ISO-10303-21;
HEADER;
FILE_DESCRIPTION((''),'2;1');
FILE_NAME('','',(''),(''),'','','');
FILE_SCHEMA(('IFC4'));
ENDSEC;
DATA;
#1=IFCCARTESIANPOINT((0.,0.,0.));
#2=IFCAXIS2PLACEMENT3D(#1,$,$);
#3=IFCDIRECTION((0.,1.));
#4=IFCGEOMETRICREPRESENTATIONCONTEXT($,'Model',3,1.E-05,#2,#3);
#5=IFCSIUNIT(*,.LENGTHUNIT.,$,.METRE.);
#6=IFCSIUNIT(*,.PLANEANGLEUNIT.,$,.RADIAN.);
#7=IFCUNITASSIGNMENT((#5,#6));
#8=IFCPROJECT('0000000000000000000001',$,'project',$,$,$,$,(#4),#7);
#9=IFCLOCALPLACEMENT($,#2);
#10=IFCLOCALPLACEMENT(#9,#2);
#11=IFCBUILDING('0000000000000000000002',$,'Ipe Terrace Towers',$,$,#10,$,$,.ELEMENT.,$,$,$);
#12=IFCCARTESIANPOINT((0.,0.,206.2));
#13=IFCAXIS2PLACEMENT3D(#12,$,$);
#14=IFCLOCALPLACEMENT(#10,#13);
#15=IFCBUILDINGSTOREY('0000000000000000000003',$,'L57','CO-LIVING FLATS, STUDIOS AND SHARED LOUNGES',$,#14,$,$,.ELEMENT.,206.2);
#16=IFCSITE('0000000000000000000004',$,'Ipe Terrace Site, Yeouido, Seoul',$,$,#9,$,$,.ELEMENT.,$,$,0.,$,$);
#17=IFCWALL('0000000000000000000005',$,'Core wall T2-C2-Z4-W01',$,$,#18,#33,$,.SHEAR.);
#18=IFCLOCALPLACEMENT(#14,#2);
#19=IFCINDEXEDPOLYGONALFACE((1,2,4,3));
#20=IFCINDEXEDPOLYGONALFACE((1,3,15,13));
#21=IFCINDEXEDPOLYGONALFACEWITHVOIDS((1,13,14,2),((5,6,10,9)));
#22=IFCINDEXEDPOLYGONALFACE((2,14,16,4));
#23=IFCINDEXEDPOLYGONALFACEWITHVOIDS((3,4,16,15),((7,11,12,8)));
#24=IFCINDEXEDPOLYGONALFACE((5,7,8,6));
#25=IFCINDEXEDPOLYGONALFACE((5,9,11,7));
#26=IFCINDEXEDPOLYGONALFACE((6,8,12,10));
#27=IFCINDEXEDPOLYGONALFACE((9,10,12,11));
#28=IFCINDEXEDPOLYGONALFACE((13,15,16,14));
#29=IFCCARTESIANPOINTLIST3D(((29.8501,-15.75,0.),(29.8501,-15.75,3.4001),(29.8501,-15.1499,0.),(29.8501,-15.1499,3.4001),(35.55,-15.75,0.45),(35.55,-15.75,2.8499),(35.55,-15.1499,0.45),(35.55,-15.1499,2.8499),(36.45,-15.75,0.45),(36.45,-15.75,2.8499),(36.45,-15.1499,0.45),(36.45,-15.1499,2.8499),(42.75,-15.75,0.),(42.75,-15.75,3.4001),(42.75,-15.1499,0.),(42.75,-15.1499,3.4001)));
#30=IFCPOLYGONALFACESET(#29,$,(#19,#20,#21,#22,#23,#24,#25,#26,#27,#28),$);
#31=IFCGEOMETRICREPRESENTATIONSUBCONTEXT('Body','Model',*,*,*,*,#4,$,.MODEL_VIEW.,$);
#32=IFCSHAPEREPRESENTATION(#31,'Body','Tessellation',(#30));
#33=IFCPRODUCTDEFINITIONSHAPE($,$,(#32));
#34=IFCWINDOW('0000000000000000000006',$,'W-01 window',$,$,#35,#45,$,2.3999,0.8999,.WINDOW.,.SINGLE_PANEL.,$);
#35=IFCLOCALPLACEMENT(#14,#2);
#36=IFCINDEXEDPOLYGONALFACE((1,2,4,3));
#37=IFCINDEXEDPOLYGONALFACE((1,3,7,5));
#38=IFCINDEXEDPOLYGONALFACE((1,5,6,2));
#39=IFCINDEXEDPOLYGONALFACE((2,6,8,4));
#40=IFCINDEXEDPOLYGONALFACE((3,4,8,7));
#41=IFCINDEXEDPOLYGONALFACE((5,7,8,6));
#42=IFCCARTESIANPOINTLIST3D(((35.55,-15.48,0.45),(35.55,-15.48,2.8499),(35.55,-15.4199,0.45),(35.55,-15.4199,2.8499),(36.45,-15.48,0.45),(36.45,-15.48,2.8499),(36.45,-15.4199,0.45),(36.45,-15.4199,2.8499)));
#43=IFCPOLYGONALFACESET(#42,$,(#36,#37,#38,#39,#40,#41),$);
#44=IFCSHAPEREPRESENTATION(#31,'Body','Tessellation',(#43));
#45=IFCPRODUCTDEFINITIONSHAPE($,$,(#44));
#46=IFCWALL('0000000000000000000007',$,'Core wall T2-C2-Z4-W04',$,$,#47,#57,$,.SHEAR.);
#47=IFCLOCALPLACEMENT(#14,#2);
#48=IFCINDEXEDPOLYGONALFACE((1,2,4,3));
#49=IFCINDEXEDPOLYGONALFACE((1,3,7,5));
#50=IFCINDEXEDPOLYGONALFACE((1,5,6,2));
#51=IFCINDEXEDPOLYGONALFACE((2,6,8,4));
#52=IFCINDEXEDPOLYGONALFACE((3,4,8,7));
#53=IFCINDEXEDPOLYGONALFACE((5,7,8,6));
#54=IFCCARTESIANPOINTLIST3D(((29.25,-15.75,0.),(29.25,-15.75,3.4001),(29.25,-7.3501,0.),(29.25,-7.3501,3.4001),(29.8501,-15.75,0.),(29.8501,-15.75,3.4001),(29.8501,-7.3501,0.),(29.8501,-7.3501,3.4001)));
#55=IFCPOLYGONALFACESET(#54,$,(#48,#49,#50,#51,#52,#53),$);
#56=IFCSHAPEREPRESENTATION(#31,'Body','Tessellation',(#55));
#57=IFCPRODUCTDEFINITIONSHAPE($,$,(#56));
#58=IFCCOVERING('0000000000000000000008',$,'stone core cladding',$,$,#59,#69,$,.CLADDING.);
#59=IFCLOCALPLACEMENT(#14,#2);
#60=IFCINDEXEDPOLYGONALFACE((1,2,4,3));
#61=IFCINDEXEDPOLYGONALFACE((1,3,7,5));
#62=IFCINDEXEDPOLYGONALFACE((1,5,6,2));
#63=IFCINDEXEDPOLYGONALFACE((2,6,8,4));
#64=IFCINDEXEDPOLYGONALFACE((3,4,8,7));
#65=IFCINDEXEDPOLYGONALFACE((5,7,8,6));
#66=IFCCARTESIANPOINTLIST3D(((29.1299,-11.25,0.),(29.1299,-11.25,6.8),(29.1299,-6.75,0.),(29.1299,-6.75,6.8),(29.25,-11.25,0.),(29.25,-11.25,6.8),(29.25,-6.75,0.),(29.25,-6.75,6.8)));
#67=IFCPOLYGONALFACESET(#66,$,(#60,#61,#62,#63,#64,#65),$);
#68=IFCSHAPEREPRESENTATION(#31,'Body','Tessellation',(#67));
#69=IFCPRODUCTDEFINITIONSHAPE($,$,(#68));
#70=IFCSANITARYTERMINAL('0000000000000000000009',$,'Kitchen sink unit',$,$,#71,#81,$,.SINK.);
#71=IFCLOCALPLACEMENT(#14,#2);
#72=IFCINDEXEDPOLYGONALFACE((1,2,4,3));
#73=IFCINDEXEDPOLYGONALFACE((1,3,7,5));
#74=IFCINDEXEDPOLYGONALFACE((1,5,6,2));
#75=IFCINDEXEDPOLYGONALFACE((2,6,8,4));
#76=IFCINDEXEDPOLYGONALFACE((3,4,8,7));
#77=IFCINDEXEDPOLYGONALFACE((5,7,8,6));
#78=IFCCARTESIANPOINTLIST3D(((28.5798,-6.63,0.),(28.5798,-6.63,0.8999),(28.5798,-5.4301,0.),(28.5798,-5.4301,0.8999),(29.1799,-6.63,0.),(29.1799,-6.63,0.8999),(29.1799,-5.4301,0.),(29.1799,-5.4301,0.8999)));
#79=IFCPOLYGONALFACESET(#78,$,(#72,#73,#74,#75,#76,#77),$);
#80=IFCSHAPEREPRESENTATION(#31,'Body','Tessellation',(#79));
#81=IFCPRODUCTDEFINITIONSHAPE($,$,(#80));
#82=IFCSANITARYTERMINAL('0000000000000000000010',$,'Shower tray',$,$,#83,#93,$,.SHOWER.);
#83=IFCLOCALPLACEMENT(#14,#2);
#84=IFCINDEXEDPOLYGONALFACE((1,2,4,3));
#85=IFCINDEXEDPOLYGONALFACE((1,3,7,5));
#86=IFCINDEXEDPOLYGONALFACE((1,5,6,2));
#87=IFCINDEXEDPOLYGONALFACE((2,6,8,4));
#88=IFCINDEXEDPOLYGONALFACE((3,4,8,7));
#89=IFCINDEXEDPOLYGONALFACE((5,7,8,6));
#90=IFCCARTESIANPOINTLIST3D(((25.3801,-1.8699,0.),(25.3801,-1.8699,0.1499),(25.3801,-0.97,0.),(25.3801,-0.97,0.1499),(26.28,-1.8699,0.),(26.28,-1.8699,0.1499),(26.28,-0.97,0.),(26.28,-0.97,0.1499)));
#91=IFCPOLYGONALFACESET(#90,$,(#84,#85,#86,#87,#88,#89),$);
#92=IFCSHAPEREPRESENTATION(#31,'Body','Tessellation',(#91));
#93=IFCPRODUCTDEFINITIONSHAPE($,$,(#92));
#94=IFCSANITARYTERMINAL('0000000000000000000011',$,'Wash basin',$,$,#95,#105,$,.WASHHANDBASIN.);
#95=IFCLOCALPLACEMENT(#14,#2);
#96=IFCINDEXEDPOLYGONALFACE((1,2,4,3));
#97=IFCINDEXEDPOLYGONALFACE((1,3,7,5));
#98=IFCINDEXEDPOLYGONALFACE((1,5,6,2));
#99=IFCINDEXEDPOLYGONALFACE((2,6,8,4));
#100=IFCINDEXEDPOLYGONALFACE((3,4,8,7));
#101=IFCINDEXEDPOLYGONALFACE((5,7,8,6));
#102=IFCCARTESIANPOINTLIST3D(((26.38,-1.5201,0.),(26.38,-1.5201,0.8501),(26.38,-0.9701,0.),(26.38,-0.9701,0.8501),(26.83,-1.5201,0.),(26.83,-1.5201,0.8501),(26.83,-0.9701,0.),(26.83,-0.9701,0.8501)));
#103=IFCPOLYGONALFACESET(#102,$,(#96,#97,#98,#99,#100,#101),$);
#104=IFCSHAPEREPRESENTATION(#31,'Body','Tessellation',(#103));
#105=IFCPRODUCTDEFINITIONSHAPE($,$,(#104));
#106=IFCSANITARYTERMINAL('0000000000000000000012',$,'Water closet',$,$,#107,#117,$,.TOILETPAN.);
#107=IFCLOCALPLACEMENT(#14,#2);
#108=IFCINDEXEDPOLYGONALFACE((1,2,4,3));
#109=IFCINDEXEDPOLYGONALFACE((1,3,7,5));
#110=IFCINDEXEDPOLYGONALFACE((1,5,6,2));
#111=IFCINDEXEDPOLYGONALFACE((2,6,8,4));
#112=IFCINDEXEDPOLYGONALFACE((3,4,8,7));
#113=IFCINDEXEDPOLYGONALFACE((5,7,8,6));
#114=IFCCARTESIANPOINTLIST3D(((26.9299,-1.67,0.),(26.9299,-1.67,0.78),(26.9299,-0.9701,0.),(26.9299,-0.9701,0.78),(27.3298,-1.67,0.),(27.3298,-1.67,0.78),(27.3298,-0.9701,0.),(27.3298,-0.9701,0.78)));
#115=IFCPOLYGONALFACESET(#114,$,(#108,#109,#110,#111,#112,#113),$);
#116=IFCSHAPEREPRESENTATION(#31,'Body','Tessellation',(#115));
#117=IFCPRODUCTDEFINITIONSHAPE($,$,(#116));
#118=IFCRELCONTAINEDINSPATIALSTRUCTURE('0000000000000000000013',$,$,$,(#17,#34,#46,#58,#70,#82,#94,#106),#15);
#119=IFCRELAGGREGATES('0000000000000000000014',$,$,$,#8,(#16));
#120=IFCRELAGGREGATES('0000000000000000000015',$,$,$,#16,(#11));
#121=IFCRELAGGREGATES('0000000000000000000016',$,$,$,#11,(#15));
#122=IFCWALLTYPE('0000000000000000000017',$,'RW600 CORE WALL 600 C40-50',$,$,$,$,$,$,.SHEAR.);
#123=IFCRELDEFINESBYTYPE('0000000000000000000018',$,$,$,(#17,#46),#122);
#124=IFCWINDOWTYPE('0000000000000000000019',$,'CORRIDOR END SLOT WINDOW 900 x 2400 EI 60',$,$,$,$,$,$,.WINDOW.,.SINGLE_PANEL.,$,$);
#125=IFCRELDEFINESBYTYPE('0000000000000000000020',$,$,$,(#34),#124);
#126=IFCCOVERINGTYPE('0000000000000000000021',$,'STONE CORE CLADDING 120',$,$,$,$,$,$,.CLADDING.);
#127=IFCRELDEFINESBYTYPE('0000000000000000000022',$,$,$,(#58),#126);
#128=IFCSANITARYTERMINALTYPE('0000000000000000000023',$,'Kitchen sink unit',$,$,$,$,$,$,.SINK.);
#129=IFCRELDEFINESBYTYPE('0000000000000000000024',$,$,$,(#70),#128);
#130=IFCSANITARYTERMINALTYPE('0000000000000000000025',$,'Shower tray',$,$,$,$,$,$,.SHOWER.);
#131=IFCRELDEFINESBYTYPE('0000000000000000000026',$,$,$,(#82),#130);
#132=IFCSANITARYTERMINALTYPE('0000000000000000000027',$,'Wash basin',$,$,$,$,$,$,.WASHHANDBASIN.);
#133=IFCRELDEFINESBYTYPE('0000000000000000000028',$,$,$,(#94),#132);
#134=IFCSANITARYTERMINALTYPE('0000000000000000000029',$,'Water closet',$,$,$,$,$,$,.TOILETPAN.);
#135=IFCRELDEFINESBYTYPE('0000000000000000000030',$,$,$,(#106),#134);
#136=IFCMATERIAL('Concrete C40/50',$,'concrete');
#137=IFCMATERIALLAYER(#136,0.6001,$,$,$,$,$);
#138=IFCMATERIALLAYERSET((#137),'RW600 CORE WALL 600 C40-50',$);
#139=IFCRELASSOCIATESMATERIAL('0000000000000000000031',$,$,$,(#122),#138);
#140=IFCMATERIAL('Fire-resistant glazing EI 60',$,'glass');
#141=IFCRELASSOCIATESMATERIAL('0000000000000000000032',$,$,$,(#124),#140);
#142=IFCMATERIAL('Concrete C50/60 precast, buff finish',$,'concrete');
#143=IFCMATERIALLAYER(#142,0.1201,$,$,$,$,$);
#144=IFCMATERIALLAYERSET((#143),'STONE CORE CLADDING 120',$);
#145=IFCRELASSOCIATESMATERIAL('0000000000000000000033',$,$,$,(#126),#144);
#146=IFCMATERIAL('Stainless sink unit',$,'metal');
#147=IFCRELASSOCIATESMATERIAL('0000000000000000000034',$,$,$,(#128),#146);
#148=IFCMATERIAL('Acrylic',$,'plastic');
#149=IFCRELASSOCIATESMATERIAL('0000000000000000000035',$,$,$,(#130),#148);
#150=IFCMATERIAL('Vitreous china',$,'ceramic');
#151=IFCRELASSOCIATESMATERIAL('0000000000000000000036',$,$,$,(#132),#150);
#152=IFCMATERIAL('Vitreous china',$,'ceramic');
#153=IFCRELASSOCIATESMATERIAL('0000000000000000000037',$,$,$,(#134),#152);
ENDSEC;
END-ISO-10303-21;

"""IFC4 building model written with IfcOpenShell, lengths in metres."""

from ifc_helpers import new_model, si_unit, direction, frame, frame_2d, origin, origin_2d, place, context, subcontext, project, spatial, rectangle, extrude, material, layer, layer_set, type_object, element, fill, save


model = new_model("IFC4")

# Units and contexts
model_context = context("Model", 3, precision=1e-05, world=origin(), true_north=direction((0.0, 1.0)))
body_context = subcontext(model_context, "Body", "Model", "MODEL_VIEW")
ifc_project = project(units=[si_unit("LENGTHUNIT", "METRE"), si_unit("PLANEANGLEUNIT", "RADIAN")], contexts=[model_context])

# Site, building, storey
site_placement = place(None, origin())
site = spatial("IfcSite", under=ifc_project, at=site_placement, Name="Ipe Terrace Site, Yeouido, Seoul", CompositionType="ELEMENT", RefElevation=0.0)
building_placement = place(site_placement, origin())
building = spatial("IfcBuilding", under=site, at=building_placement, Name="Ipe Terrace Towers", CompositionType="ELEMENT")
storey_placement = place(building_placement, frame((0.0, 0.0, 206.2)))
storey = spatial("IfcBuildingStorey", under=building, at=storey_placement, Name="L57", Description="CO-LIVING FLATS, STUDIOS AND SHARED LOUNGES", CompositionType="ELEMENT", Elevation=206.2)

# Wall, opening, window
ifc_material_1 = material(Name="Concrete C40/50", Category="concrete")
ifc_layer_1 = layer(ifc_material_1, 0.6001)
ifc_layer_set_1 = layer_set([ifc_layer_1], Name="RW600 CORE WALL 600 C40-50")
wall_type_1 = type_object("IfcWallType", Name="RW600 CORE WALL 600 C40-50", PredefinedType="SHEAR", material=ifc_layer_set_1)
wall_1_placement = place(storey_placement, frame((29.8501, -15.45, 0.0), z_axis=(0.0, 0.0, 1.0), x_axis=(1.0, 0.0, 0.0)))
wall_1 = element("IfcWall", 1, at=wall_1_placement, inside=storey, type_object=wall_type_1, Name="Core wall T2-C2-Z4-W01", PredefinedType="SHEAR", context=body_context, shape_type="SweptSolid", body=[
    extrude(rectangle(XDim=12.8999, YDim=0.6001, at=frame_2d((6.45, 0.0))), origin(), (0.0, 0.0, 1.0), 3.4001),
])
opening_1_placement = place(wall_1_placement, frame((5.7, 0.0, 0.45)))
opening_1 = element("IfcOpeningElement", 2, at=opening_1_placement, cuts=wall_1, PredefinedType="OPENING", context=body_context, shape_type="SweptSolid", body=[
    extrude(rectangle(XDim=0.8999, YDim=2.3999, at=frame_2d((0.45, 1.2))), frame((0.0, 0.3101, 0.0), z_axis=(0.0, -1.0, 0.0), x_axis=(1.0, 0.0, 0.0)), (0.0, 0.0, 1.0), 0.6201),
])
ifc_material_2 = material(Name="Fire-resistant glazing EI 60", Category="glass")
window_type = type_object("IfcWindowType", Name="CORRIDOR END SLOT WINDOW 900 x 2400 EI 60", PartitioningType="SINGLE_PANEL", PredefinedType="WINDOW", material=ifc_material_2)
window_placement = place(opening_1_placement, origin())
window = element("IfcWindow", 3, at=window_placement, inside=storey, type_object=window_type, Name="W-01 window", OverallHeight=2.3999, OverallWidth=0.8999, PartitioningType="SINGLE_PANEL", PredefinedType="WINDOW", context=body_context, shape_type="SweptSolid", body=[
    extrude(rectangle(XDim=0.8999, YDim=2.3999, at=frame_2d((0.45, 1.2))), frame((0.0, 0.03, 0.0), z_axis=(0.0, -1.0, 0.0), x_axis=(1.0, 0.0, 0.0)), (0.0, 0.0, 1.0), 0.0601),
])
fill(opening_1, window)

# Wall
wall_2_placement = place(storey_placement, frame((29.55, -7.3501, 0.0), z_axis=(0.0, 0.0, 1.0), x_axis=(0.0, -1.0, 0.0)))
element("IfcWall", 4, at=wall_2_placement, inside=storey, type_object=wall_type_1, Name="Core wall T2-C2-Z4-W04", PredefinedType="SHEAR", context=body_context, shape_type="SweptSolid", body=[
    extrude(rectangle(XDim=8.3999, YDim=0.6001, at=frame_2d((4.2, 0.0))), origin(), (0.0, 0.0, 1.0), 3.4001),
])

# Covering
ifc_material_3 = material(Name="Concrete C50/60 precast, buff finish", Category="concrete")
ifc_layer_2 = layer(ifc_material_3, 0.1201)
ifc_layer_set_2 = layer_set([ifc_layer_2], Name="STONE CORE CLADDING 120")
covering_type = type_object("IfcCoveringType", Name="STONE CORE CLADDING 120", PredefinedType="CLADDING", material=ifc_layer_set_2)
covering_placement = place(storey_placement, frame((29.1899, -9.0, 0.0), z_axis=(0.0, 0.0, 1.0), x_axis=(0.0, -1.0, 0.0)))
element("IfcCovering", 5, at=covering_placement, inside=storey, type_object=covering_type, Name="stone core cladding", PredefinedType="CLADDING", context=body_context, shape_type="SweptSolid", body=[
    extrude(rectangle(XDim=4.5, YDim=0.1201, at=origin_2d()), origin(), (0.0, 0.0, 1.0), 6.8),
])

# Sanitary terminals
ifc_material_4 = material(Name="Stainless sink unit", Category="metal")
sanitary_terminal_type_1 = type_object("IfcSanitaryTerminalType", Name="Kitchen sink unit", PredefinedType="SINK", material=ifc_material_4)
sanitary_terminal_1_placement = place(storey_placement, frame((28.8799, -6.03, 0.0), z_axis=(0.0, 0.0, 1.0), x_axis=(0.0, -1.0, 0.0)))
element("IfcSanitaryTerminal", 6, at=sanitary_terminal_1_placement, inside=storey, type_object=sanitary_terminal_type_1, Name="Kitchen sink unit", PredefinedType="SINK", context=body_context, shape_type="SweptSolid", body=[
    extrude(rectangle(XDim=1.2, YDim=0.6001, at=origin_2d()), origin(), (0.0, 0.0, 1.0), 0.8999),
])
ifc_material_5 = material(Name="Acrylic", Category="plastic")
sanitary_terminal_type_2 = type_object("IfcSanitaryTerminalType", Name="Shower tray", PredefinedType="SHOWER", material=ifc_material_5)
sanitary_terminal_2_placement = place(storey_placement, frame((25.8301, -1.4199, 0.0), z_axis=(0.0, 0.0, 1.0), x_axis=(0.0, -1.0, 0.0)))
element("IfcSanitaryTerminal", 7, at=sanitary_terminal_2_placement, inside=storey, type_object=sanitary_terminal_type_2, Name="Shower tray", PredefinedType="SHOWER", context=body_context, shape_type="SweptSolid", body=[
    extrude(rectangle(XDim=0.8999, YDim=0.8999, at=origin_2d()), origin(), (0.0, 0.0, 1.0), 0.1499),
])
ifc_material_6 = material(Name="Vitreous china", Category="ceramic")
sanitary_terminal_type_3 = type_object("IfcSanitaryTerminalType", Name="Wash basin", PredefinedType="WASHHANDBASIN", material=ifc_material_6)
sanitary_terminal_3_placement = place(storey_placement, frame((26.605, -1.2451, 0.0), z_axis=(0.0, 0.0, 1.0), x_axis=(0.0, -1.0, 0.0)))
element("IfcSanitaryTerminal", 8, at=sanitary_terminal_3_placement, inside=storey, type_object=sanitary_terminal_type_3, Name="Wash basin", PredefinedType="WASHHANDBASIN", context=body_context, shape_type="SweptSolid", body=[
    extrude(rectangle(XDim=0.55, YDim=0.45, at=origin_2d()), origin(), (0.0, 0.0, 1.0), 0.8501),
])
ifc_material_7 = material(Name="Vitreous china", Category="ceramic")
sanitary_terminal_type_4 = type_object("IfcSanitaryTerminalType", Name="Water closet", PredefinedType="TOILETPAN", material=ifc_material_7)
sanitary_terminal_4_placement = place(storey_placement, frame((27.1299, -1.3201, 0.0), z_axis=(0.0, 0.0, 1.0), x_axis=(0.0, -1.0, 0.0)))
element("IfcSanitaryTerminal", 9, at=sanitary_terminal_4_placement, inside=storey, type_object=sanitary_terminal_type_4, Name="Water closet", PredefinedType="TOILETPAN", context=body_context, shape_type="SweptSolid", body=[
    extrude(rectangle(XDim=0.7, YDim=0.3999, at=origin_2d()), origin(), (0.0, 0.0, 1.0), 0.78),
])

save(model, "model.ifc")
